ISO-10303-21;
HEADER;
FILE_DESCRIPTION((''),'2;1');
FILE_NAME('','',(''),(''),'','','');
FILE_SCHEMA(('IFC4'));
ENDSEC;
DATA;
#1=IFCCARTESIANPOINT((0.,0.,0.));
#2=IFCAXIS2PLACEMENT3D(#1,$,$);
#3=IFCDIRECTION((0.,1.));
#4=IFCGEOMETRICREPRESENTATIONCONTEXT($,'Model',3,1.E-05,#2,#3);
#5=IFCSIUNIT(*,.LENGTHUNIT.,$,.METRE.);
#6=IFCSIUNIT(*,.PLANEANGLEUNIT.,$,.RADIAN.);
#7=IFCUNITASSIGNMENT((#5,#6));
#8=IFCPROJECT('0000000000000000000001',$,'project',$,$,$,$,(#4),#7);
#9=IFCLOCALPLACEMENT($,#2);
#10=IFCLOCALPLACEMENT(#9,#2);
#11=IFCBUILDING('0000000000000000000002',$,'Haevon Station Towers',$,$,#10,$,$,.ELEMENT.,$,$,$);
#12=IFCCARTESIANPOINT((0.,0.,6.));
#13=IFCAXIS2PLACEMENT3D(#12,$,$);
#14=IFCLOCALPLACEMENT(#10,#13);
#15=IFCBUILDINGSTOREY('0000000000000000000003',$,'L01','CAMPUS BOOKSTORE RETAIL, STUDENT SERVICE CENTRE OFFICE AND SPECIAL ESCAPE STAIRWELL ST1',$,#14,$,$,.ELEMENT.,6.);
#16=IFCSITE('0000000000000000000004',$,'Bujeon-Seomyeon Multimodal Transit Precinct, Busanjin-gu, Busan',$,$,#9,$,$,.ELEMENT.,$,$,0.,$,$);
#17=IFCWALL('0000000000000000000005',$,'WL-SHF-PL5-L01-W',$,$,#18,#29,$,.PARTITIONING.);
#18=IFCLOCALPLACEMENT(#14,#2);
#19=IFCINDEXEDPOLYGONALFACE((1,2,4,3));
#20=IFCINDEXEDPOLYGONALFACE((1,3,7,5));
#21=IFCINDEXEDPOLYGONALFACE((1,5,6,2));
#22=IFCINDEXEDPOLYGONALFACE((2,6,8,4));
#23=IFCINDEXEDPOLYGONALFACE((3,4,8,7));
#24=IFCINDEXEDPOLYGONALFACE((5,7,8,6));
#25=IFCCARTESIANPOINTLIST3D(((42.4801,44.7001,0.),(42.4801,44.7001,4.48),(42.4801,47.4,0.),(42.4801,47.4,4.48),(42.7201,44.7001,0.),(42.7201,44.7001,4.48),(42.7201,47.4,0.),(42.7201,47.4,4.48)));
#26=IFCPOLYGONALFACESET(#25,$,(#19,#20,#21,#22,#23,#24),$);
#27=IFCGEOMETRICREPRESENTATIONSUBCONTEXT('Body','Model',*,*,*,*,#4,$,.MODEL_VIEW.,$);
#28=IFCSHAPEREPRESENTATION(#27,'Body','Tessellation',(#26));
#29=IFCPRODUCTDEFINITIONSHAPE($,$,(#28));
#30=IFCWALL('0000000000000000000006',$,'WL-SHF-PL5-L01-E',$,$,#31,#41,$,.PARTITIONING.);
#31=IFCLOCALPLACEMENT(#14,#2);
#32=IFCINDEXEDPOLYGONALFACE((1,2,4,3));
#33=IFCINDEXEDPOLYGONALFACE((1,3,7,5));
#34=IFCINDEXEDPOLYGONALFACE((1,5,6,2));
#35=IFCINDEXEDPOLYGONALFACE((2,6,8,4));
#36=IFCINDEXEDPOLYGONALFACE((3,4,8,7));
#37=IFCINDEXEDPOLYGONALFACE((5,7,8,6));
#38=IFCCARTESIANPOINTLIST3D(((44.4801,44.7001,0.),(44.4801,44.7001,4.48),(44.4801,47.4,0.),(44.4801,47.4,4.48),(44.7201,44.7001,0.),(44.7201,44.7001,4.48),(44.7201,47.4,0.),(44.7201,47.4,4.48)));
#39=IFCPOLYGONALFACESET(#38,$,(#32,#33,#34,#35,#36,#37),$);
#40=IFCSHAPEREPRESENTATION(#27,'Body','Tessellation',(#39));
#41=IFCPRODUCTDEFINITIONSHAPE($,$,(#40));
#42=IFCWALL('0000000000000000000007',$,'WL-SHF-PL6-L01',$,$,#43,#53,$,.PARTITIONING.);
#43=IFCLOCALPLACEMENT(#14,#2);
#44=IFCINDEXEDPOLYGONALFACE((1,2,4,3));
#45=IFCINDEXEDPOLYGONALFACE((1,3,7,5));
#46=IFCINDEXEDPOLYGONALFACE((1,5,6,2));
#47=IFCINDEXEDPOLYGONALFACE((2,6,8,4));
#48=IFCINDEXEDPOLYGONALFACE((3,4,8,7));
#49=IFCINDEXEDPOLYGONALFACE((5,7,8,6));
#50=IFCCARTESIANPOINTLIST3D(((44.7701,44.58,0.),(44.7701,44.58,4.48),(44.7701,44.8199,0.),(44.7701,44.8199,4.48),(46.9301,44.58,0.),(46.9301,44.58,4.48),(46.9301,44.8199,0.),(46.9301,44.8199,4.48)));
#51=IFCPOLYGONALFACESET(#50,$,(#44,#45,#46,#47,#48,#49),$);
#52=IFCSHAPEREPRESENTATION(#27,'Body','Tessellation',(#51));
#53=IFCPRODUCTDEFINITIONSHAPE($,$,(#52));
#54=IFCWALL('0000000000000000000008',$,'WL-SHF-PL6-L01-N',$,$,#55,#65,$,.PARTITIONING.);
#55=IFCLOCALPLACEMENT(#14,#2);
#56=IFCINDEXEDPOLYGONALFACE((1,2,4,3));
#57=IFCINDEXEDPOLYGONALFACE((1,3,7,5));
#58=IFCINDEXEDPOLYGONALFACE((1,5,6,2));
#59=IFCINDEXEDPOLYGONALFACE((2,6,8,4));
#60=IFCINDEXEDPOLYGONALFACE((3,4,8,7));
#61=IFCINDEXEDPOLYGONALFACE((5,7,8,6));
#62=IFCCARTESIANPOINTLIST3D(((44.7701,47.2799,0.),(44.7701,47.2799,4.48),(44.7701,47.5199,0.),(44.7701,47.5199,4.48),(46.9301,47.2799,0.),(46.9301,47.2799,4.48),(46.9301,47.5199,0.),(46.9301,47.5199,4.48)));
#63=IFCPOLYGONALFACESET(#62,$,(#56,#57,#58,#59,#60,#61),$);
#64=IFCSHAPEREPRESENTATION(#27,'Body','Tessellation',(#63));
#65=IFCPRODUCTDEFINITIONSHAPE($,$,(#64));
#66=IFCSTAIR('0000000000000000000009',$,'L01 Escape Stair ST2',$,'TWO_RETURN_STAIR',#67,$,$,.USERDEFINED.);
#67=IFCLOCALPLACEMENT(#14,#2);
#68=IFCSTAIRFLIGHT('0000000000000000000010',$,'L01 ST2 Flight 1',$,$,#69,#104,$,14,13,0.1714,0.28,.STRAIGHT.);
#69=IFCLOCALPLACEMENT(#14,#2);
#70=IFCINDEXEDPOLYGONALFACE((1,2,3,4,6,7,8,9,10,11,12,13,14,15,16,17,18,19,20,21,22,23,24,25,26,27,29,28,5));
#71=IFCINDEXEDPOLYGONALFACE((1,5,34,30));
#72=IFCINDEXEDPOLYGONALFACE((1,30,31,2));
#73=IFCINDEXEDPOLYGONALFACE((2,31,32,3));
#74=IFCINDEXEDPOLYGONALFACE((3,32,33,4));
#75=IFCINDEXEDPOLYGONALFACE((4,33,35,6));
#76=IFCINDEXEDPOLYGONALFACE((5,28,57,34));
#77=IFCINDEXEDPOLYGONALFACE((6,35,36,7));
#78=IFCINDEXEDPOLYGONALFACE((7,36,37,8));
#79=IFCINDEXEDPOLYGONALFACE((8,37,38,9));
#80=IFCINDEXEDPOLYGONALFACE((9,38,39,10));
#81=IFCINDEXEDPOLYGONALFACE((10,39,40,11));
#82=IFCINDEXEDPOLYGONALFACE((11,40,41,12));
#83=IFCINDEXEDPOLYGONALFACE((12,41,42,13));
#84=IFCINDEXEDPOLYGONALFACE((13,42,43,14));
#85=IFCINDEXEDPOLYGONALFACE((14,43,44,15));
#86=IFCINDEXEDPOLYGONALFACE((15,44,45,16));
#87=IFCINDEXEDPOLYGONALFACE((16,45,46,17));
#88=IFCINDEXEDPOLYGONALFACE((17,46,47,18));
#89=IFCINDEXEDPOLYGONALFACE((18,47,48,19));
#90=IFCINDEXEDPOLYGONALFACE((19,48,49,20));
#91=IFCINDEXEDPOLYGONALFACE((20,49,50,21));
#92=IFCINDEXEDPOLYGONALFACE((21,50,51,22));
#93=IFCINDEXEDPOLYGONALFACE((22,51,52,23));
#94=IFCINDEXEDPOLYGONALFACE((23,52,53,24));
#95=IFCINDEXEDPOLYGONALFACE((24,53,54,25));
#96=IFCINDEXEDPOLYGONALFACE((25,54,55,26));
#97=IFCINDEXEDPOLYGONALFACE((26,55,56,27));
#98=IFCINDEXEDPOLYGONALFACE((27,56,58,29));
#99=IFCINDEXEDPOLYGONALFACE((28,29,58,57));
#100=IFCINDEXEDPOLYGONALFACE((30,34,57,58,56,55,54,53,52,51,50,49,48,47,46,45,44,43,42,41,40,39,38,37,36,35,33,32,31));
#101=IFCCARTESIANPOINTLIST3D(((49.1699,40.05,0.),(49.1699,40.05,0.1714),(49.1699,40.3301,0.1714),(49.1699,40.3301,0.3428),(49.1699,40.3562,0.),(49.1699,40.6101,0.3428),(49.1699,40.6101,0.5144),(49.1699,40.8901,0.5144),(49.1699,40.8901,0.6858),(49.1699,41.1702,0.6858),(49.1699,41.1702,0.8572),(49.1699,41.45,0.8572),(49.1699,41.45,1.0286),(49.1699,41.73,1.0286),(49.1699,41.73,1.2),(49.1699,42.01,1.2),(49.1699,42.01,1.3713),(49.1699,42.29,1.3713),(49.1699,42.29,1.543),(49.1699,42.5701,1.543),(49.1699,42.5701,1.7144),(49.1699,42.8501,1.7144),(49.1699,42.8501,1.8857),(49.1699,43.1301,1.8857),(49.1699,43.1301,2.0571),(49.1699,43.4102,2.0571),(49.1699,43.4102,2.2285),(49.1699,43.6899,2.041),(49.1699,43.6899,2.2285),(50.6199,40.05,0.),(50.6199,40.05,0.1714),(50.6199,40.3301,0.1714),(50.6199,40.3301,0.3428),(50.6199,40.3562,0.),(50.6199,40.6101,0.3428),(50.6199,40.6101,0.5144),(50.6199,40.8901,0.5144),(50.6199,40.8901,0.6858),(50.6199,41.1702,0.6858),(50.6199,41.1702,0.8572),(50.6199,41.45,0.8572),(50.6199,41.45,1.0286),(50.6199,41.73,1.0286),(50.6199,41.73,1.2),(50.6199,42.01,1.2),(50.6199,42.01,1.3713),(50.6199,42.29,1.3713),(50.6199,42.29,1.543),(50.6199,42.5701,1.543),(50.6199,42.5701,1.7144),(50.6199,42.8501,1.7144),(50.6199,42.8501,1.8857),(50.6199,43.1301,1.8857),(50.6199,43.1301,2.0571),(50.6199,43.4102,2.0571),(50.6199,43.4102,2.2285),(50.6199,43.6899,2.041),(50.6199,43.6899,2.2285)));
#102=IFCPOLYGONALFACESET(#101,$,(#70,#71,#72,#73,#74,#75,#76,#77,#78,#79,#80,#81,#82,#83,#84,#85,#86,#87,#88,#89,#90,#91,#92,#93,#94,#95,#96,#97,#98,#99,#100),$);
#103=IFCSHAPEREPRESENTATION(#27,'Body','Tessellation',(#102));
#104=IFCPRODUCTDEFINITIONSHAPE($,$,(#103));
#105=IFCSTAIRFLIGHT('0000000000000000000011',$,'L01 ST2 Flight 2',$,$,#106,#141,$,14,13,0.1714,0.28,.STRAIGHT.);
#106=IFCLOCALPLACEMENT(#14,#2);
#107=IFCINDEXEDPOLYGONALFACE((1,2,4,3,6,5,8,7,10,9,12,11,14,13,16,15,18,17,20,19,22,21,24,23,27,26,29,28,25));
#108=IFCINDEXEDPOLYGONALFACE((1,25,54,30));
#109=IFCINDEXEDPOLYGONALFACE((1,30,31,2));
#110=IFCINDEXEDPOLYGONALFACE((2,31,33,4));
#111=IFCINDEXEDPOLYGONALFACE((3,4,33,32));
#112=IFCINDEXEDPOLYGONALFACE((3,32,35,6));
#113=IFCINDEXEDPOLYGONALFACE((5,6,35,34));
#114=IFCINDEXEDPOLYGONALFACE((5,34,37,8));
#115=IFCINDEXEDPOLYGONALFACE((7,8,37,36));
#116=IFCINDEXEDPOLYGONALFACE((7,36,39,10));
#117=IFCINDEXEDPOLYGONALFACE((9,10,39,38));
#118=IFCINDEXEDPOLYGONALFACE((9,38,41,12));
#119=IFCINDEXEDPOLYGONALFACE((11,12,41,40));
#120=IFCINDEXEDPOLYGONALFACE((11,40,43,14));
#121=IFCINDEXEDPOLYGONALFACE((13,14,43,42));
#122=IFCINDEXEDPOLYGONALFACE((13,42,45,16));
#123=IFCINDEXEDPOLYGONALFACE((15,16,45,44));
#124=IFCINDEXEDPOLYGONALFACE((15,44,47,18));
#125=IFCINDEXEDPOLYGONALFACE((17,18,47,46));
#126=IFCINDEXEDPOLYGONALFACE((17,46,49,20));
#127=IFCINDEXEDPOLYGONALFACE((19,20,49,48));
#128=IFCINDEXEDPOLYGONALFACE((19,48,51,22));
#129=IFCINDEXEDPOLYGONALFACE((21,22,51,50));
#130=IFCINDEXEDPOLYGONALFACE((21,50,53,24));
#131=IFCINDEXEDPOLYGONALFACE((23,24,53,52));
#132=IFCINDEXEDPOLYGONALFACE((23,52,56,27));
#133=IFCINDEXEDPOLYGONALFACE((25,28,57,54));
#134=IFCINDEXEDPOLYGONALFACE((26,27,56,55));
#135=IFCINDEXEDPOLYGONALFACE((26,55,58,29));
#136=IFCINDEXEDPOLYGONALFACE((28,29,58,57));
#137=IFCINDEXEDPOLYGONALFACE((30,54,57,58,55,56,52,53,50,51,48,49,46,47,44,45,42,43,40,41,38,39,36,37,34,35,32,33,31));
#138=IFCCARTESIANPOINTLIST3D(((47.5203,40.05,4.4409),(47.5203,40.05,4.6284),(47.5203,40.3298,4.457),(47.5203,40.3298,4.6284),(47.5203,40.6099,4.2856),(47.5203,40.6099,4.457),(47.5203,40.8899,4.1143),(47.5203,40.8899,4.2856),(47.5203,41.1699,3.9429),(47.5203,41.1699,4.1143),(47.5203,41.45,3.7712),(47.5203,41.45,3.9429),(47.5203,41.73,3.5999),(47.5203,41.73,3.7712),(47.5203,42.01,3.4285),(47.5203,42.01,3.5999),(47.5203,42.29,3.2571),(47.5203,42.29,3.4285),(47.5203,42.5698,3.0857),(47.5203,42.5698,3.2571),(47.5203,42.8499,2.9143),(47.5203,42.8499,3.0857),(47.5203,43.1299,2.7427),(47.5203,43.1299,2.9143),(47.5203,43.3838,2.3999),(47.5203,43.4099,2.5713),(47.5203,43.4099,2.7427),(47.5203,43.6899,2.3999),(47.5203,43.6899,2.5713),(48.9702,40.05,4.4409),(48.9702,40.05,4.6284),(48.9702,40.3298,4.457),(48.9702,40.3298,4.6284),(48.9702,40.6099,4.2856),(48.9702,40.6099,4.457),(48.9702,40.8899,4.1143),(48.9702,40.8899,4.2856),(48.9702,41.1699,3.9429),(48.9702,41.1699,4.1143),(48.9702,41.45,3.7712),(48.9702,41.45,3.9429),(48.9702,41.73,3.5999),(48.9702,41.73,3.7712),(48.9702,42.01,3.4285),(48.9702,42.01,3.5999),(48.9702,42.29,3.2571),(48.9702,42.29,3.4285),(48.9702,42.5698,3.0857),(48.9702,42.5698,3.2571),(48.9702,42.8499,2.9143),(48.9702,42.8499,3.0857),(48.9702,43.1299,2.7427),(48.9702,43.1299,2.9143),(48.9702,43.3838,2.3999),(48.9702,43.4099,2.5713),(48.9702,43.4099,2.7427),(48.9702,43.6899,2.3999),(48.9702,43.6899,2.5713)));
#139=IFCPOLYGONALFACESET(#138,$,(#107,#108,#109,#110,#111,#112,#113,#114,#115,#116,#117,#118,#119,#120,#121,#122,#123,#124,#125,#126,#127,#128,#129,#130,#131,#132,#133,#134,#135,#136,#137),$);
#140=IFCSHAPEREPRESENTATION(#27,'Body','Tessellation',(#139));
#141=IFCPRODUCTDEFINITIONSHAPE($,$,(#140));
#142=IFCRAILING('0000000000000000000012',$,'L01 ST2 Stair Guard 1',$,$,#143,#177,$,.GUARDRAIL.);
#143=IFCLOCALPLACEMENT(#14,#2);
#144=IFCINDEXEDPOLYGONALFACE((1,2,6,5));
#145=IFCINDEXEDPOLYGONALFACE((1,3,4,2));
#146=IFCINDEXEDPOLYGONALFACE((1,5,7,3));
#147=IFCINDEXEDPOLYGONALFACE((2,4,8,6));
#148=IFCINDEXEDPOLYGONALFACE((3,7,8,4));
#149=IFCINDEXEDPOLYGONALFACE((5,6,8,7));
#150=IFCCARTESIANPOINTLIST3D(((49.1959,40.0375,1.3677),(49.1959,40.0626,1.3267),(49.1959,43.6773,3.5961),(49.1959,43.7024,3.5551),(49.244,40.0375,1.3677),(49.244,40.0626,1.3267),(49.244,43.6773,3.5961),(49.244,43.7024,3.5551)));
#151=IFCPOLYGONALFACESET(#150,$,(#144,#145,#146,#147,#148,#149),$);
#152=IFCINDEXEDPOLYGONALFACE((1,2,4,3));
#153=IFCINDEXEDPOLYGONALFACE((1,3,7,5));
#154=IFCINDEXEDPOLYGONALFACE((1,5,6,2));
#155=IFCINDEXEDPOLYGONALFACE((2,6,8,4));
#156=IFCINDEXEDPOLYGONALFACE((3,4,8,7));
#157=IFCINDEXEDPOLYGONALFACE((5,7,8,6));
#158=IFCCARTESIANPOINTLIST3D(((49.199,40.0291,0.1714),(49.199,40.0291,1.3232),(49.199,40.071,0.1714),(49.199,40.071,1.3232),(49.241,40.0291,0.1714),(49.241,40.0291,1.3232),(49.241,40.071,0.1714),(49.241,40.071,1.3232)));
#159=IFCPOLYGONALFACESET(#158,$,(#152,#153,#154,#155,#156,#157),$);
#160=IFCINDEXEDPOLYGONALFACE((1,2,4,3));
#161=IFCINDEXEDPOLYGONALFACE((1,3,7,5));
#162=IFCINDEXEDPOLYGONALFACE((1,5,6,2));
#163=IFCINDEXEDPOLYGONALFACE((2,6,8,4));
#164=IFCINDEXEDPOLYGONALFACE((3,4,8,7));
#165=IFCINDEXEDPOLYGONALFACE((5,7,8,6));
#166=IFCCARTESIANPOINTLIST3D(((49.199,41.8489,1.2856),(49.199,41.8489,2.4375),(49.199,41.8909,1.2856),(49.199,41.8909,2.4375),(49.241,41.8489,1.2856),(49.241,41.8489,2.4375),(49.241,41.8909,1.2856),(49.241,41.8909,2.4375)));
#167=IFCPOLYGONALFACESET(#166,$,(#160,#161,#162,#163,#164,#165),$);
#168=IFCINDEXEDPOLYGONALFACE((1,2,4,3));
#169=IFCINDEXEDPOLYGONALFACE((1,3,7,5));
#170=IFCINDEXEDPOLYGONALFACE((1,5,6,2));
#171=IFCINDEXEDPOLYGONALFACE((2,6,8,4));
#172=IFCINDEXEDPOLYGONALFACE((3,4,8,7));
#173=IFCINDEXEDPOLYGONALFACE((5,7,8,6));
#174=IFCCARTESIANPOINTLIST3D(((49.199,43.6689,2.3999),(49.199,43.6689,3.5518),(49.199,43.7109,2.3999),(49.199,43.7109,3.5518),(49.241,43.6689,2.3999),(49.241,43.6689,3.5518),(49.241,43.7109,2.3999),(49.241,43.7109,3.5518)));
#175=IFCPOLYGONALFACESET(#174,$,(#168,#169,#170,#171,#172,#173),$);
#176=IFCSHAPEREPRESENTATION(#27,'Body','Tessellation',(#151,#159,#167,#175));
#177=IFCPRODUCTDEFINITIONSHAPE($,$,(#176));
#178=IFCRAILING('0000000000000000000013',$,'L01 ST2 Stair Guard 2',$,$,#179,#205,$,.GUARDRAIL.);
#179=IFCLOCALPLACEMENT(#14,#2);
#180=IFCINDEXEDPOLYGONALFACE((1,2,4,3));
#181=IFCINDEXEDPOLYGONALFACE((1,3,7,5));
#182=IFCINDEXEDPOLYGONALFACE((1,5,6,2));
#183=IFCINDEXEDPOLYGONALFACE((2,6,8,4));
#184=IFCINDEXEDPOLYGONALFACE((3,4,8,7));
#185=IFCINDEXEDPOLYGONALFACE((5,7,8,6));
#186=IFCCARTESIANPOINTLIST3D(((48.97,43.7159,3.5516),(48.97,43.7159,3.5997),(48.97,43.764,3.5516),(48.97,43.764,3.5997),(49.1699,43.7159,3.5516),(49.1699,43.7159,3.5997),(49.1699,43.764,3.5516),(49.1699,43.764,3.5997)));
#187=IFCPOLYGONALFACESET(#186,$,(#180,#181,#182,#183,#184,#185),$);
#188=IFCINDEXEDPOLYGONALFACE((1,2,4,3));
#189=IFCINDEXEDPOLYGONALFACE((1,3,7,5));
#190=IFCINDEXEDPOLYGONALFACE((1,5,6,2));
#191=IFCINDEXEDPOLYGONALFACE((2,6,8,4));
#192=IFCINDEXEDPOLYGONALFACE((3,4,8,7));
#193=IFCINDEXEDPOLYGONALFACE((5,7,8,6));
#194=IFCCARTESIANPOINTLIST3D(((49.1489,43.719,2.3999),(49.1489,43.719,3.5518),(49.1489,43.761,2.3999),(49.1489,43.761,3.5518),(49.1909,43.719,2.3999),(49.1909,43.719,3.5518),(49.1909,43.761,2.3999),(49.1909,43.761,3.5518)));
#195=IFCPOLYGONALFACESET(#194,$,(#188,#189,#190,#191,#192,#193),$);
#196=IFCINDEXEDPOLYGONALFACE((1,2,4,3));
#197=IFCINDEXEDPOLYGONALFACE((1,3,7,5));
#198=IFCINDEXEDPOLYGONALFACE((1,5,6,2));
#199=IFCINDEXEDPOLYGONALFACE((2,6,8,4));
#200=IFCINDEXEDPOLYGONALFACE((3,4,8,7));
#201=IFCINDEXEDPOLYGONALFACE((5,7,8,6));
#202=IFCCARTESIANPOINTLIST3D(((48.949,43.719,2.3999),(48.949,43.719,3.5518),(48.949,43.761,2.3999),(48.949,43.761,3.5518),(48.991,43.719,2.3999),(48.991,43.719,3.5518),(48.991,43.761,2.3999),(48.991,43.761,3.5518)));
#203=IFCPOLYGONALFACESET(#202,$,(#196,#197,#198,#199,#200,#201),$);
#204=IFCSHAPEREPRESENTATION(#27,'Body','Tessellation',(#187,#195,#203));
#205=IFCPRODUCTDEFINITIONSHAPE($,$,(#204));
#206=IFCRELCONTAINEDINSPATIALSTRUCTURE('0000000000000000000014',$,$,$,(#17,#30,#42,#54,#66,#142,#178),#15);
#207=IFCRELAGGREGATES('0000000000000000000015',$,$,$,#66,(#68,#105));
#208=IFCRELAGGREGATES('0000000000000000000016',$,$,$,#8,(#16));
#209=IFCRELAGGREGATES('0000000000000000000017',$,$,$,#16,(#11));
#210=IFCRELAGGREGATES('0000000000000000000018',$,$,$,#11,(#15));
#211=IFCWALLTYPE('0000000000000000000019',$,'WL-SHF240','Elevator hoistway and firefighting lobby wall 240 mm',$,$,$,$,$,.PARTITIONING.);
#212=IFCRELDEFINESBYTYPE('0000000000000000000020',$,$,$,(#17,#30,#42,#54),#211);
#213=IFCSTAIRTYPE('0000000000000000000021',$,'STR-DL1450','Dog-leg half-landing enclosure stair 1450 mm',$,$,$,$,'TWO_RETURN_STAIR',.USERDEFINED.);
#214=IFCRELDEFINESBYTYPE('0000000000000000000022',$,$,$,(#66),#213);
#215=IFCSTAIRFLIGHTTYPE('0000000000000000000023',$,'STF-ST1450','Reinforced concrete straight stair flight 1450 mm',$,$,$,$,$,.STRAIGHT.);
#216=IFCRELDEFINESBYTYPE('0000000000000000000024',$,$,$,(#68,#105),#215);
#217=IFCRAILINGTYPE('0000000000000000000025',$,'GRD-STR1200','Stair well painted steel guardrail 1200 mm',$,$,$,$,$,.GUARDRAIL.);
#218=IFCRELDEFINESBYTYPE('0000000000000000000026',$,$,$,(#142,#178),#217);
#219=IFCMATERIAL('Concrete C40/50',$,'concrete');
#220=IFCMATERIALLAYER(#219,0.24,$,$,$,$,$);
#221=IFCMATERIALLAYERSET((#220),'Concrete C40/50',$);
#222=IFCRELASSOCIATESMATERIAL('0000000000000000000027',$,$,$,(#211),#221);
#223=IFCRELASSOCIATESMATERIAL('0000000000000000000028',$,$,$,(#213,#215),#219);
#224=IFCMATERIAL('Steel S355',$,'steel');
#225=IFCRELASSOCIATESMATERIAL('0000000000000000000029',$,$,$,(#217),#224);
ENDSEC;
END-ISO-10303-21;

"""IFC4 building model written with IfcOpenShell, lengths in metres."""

from ifc_helpers import new_model, si_unit, direction, frame, frame_2d, origin, origin_2d, place, context, subcontext, project, spatial, polyline, rectangle, outline, extrude, material, layer, layer_set, type_object, element, aggregate, save


model = new_model("IFC4")

# Units and contexts
model_context = context("Model", 3, precision=1e-05, world=origin(), true_north=direction((0.0, 1.0)))
body_context = subcontext(model_context, "Body", "Model", "MODEL_VIEW")
ifc_project = project(units=[si_unit("LENGTHUNIT", "METRE"), si_unit("PLANEANGLEUNIT", "RADIAN")], contexts=[model_context])

# Site, building, storey
site_placement = place(None, origin())
site = spatial("IfcSite", under=ifc_project, at=site_placement, Name="Bujeon-Seomyeon Multimodal Transit Precinct, Busanjin-gu, Busan", CompositionType="ELEMENT", RefElevation=0.0)
building_placement = place(site_placement, origin())
building = spatial("IfcBuilding", under=site, at=building_placement, Name="Haevon Station Towers", CompositionType="ELEMENT")
storey_placement = place(building_placement, frame((0.0, 0.0, 6.0)))
storey = spatial("IfcBuildingStorey", under=building, at=storey_placement, Name="L01", Description="CAMPUS BOOKSTORE RETAIL, STUDENT SERVICE CENTRE OFFICE AND SPECIAL ESCAPE STAIRWELL ST1", CompositionType="ELEMENT", Elevation=6.0)

# Shared definitions
ifc_material_1 = material(Name="Steel S355", Category="steel")

# Walls
ifc_material_2 = material(Name="Concrete C40/50", Category="concrete")
ifc_layer = layer(ifc_material_2, 0.24)
ifc_layer_set = layer_set([ifc_layer], Name="Concrete C40/50")
wall_type = type_object("IfcWallType", Name="WL-SHF240", Description="Elevator hoistway and firefighting lobby wall 240 mm", PredefinedType="PARTITIONING", material=ifc_layer_set)
for number, where, z_axis, x_axis, name in (
    (1, (42.6001, 44.7, 0.0), (0.0, 0.0, 1.0), (0.0, 1.0, 0.0), "WL-SHF-PL5-L01-W"),
    (2, (44.6001, 44.7, 0.0), (0.0, 0.0, 1.0), (0.0, 1.0, 0.0), "WL-SHF-PL5-L01-E"),
):
    element("IfcWall", number, at=place(storey_placement, frame(where, z_axis=z_axis, x_axis=x_axis)), inside=storey, type_object=wall_type, Name=name, PredefinedType="PARTITIONING", context=body_context, shape_type="SweptSolid", body=[
        extrude(rectangle(XDim=2.7, YDim=0.24, at=frame_2d((1.3501, 0.0))), origin(), (0.0, 0.0, 1.0), 4.48),
    ])
for number, where, z_axis, x_axis, name in (
    (3, (44.77, 44.7, 0.0), (0.0, 0.0, 1.0), (1.0, 0.0, 0.0), "WL-SHF-PL6-L01"),
    (4, (44.77, 47.3999, 0.0), (0.0, 0.0, 1.0), (1.0, 0.0, 0.0), "WL-SHF-PL6-L01-N"),
):
    element("IfcWall", number, at=place(storey_placement, frame(where, z_axis=z_axis, x_axis=x_axis)), inside=storey, type_object=wall_type, Name=name, PredefinedType="PARTITIONING", context=body_context, shape_type="SweptSolid", body=[
        extrude(rectangle(XDim=2.1599, YDim=0.24, at=frame_2d((1.0801, 0.0))), origin(), (0.0, 0.0, 1.0), 4.48),
    ])

# Stair, stair flights
stair_type = type_object("IfcStairType", Name="STR-DL1450", Description="Dog-leg half-landing enclosure stair 1450 mm", ElementType="TWO_RETURN_STAIR", PredefinedType="USERDEFINED", material=ifc_material_2)
stair_placement = place(storey_placement, origin())
stair = element("IfcStair", 5, at=stair_placement, inside=storey, type_object=stair_type, Name="L01 Escape Stair ST2", ObjectType="TWO_RETURN_STAIR", PredefinedType="USERDEFINED")
stair_flight_type = type_object("IfcStairFlightType", Name="STF-ST1450", Description="Reinforced concrete straight stair flight 1450 mm", PredefinedType="STRAIGHT", material=ifc_material_2)
stair_flight_1_placement = place(storey_placement, frame((49.895, 40.05, 0.0), z_axis=(0.0, 0.0, 1.0), x_axis=(0.0, 1.0, 0.0)))
stair_flight_1 = element("IfcStairFlight", 6, at=stair_flight_1_placement, type_object=stair_flight_type, Name="L01 ST2 Flight 1", NumberOfRisers=14, NumberOfTreads=13, PredefinedType="STRAIGHT", RiserHeight=0.1714, TreadLength=0.28, context=body_context, shape_type="SweptSolid", body=[
    extrude(outline(polyline([(0.0, 0.0), (0.0, 0.1714), (0.28, 0.1714), (0.28, 0.3428), (0.5601, 0.3428), (0.5601, 0.5144), (0.8401, 0.5144), (0.8401, 0.6858), (1.1201, 0.6858), (1.1201, 0.8572), (1.3999, 0.8572), (1.3999, 1.0286), (1.6799, 1.0286), (1.6799, 1.2), (1.96, 1.2), (1.96, 1.3713), (2.24, 1.3713), (2.24, 1.543), (2.52, 1.543), (2.52, 1.7144), (2.8, 1.7144), (2.8, 1.8857), (3.0801, 1.8857), (3.0801, 2.0571), (3.3601, 2.0571), (3.3601, 2.2285), (3.6399, 2.2285), (3.6399, 2.3999), (3.6399, 2.041), (0.3062, 0.0), (0.0, 0.0)])), frame((0.0, 0.7251, 0.0), z_axis=(0.0, -1.0, 0.0), x_axis=(1.0, 0.0, 0.0)), (0.0, 0.0, 1.0), 1.45),
])
stair_flight_2_placement = place(storey_placement, frame((48.2451, 43.6899, 2.3999), z_axis=(0.0, 0.0, 1.0), x_axis=(0.0, -1.0, 0.0)))
stair_flight_2 = element("IfcStairFlight", 7, at=stair_flight_2_placement, type_object=stair_flight_type, Name="L01 ST2 Flight 2", NumberOfRisers=14, NumberOfTreads=13, PredefinedType="STRAIGHT", RiserHeight=0.1714, TreadLength=0.28, context=body_context, shape_type="SweptSolid", body=[
    extrude(outline(polyline([(0.0, 0.0), (0.0, 0.1714), (0.28, 0.1714), (0.28, 0.3428), (0.5601, 0.3428), (0.5601, 0.5144), (0.8401, 0.5144), (0.8401, 0.6858), (1.1201, 0.6858), (1.1201, 0.8572), (1.3999, 0.8572), (1.3999, 1.0286), (1.6799, 1.0286), (1.6799, 1.2), (1.96, 1.2), (1.96, 1.3713), (2.24, 1.3713), (2.24, 1.543), (2.52, 1.543), (2.52, 1.7144), (2.8, 1.7144), (2.8, 1.8857), (3.0801, 1.8857), (3.0801, 2.0571), (3.3601, 2.0571), (3.3601, 2.2285), (3.6399, 2.2285), (3.6399, 2.3999), (3.6399, 2.041), (0.3062, 0.0), (0.0, 0.0)])), frame((0.0, 0.7251, 0.0), z_axis=(0.0, -1.0, 0.0), x_axis=(1.0, 0.0, 0.0)), (0.0, 0.0, 1.0), 1.45),
])
aggregate(stair, [stair_flight_1, stair_flight_2])

# Railings
railing_type_1 = type_object("IfcRailingType", Name="GRD-STR1200", Description="Stair well painted steel guardrail 1200 mm", PredefinedType="GUARDRAIL", material=ifc_material_1)
railing_1_placement = place(storey_placement, frame((49.22, 40.05, 0.1714)))
element("IfcRailing", 8, at=railing_1_placement, inside=storey, type_object=railing_type_1, Name="L01 ST2 Stair Guard 1", PredefinedType="GUARDRAIL", context=body_context, shape_type="SweptSolid", body=[
    extrude(rectangle(XDim=0.0481, YDim=0.0481, at=origin_2d()), frame((0.0, 0.0, 1.1758), z_axis=(0.0, 0.85285, 0.522156), x_axis=(-1.0, 0.0, 0.0)), (0.0, 0.0, 1.0), 4.2678),
    extrude(rectangle(XDim=0.042, YDim=0.042, at=origin_2d()), origin(), (0.0, 0.0, 1.0), 1.1519),
    extrude(rectangle(XDim=0.042, YDim=0.042, at=origin_2d()), frame((0.0, 1.8198, 1.1143)), (0.0, 0.0, 1.0), 1.1519),
    extrude(rectangle(XDim=0.042, YDim=0.042, at=origin_2d()), frame((0.0, 3.6399, 2.2285)), (0.0, 0.0, 1.0), 1.1519),
])
railing_2_placement = place(storey_placement, frame((49.1699, 43.74, 2.3999)))
element("IfcRailing", 9, at=railing_2_placement, inside=storey, type_object=railing_type_1, Name="L01 ST2 Stair Guard 2", PredefinedType="GUARDRAIL", context=body_context, shape_type="SweptSolid", body=[
    extrude(rectangle(XDim=0.0481, YDim=0.0481, at=origin_2d()), frame((0.0, 0.0, 1.1758), z_axis=(-1.0, 0.0, 0.0), x_axis=(0.0, -1.0, 0.0)), (0.0, 0.0, 1.0), 0.2),
    extrude(rectangle(XDim=0.042, YDim=0.042, at=origin_2d()), origin(), (0.0, 0.0, 1.0), 1.1519),
    extrude(rectangle(XDim=0.042, YDim=0.042, at=origin_2d()), frame((-0.2, 0.0, 0.0)), (0.0, 0.0, 1.0), 1.1519),
])

save(model, "model.ifc")
